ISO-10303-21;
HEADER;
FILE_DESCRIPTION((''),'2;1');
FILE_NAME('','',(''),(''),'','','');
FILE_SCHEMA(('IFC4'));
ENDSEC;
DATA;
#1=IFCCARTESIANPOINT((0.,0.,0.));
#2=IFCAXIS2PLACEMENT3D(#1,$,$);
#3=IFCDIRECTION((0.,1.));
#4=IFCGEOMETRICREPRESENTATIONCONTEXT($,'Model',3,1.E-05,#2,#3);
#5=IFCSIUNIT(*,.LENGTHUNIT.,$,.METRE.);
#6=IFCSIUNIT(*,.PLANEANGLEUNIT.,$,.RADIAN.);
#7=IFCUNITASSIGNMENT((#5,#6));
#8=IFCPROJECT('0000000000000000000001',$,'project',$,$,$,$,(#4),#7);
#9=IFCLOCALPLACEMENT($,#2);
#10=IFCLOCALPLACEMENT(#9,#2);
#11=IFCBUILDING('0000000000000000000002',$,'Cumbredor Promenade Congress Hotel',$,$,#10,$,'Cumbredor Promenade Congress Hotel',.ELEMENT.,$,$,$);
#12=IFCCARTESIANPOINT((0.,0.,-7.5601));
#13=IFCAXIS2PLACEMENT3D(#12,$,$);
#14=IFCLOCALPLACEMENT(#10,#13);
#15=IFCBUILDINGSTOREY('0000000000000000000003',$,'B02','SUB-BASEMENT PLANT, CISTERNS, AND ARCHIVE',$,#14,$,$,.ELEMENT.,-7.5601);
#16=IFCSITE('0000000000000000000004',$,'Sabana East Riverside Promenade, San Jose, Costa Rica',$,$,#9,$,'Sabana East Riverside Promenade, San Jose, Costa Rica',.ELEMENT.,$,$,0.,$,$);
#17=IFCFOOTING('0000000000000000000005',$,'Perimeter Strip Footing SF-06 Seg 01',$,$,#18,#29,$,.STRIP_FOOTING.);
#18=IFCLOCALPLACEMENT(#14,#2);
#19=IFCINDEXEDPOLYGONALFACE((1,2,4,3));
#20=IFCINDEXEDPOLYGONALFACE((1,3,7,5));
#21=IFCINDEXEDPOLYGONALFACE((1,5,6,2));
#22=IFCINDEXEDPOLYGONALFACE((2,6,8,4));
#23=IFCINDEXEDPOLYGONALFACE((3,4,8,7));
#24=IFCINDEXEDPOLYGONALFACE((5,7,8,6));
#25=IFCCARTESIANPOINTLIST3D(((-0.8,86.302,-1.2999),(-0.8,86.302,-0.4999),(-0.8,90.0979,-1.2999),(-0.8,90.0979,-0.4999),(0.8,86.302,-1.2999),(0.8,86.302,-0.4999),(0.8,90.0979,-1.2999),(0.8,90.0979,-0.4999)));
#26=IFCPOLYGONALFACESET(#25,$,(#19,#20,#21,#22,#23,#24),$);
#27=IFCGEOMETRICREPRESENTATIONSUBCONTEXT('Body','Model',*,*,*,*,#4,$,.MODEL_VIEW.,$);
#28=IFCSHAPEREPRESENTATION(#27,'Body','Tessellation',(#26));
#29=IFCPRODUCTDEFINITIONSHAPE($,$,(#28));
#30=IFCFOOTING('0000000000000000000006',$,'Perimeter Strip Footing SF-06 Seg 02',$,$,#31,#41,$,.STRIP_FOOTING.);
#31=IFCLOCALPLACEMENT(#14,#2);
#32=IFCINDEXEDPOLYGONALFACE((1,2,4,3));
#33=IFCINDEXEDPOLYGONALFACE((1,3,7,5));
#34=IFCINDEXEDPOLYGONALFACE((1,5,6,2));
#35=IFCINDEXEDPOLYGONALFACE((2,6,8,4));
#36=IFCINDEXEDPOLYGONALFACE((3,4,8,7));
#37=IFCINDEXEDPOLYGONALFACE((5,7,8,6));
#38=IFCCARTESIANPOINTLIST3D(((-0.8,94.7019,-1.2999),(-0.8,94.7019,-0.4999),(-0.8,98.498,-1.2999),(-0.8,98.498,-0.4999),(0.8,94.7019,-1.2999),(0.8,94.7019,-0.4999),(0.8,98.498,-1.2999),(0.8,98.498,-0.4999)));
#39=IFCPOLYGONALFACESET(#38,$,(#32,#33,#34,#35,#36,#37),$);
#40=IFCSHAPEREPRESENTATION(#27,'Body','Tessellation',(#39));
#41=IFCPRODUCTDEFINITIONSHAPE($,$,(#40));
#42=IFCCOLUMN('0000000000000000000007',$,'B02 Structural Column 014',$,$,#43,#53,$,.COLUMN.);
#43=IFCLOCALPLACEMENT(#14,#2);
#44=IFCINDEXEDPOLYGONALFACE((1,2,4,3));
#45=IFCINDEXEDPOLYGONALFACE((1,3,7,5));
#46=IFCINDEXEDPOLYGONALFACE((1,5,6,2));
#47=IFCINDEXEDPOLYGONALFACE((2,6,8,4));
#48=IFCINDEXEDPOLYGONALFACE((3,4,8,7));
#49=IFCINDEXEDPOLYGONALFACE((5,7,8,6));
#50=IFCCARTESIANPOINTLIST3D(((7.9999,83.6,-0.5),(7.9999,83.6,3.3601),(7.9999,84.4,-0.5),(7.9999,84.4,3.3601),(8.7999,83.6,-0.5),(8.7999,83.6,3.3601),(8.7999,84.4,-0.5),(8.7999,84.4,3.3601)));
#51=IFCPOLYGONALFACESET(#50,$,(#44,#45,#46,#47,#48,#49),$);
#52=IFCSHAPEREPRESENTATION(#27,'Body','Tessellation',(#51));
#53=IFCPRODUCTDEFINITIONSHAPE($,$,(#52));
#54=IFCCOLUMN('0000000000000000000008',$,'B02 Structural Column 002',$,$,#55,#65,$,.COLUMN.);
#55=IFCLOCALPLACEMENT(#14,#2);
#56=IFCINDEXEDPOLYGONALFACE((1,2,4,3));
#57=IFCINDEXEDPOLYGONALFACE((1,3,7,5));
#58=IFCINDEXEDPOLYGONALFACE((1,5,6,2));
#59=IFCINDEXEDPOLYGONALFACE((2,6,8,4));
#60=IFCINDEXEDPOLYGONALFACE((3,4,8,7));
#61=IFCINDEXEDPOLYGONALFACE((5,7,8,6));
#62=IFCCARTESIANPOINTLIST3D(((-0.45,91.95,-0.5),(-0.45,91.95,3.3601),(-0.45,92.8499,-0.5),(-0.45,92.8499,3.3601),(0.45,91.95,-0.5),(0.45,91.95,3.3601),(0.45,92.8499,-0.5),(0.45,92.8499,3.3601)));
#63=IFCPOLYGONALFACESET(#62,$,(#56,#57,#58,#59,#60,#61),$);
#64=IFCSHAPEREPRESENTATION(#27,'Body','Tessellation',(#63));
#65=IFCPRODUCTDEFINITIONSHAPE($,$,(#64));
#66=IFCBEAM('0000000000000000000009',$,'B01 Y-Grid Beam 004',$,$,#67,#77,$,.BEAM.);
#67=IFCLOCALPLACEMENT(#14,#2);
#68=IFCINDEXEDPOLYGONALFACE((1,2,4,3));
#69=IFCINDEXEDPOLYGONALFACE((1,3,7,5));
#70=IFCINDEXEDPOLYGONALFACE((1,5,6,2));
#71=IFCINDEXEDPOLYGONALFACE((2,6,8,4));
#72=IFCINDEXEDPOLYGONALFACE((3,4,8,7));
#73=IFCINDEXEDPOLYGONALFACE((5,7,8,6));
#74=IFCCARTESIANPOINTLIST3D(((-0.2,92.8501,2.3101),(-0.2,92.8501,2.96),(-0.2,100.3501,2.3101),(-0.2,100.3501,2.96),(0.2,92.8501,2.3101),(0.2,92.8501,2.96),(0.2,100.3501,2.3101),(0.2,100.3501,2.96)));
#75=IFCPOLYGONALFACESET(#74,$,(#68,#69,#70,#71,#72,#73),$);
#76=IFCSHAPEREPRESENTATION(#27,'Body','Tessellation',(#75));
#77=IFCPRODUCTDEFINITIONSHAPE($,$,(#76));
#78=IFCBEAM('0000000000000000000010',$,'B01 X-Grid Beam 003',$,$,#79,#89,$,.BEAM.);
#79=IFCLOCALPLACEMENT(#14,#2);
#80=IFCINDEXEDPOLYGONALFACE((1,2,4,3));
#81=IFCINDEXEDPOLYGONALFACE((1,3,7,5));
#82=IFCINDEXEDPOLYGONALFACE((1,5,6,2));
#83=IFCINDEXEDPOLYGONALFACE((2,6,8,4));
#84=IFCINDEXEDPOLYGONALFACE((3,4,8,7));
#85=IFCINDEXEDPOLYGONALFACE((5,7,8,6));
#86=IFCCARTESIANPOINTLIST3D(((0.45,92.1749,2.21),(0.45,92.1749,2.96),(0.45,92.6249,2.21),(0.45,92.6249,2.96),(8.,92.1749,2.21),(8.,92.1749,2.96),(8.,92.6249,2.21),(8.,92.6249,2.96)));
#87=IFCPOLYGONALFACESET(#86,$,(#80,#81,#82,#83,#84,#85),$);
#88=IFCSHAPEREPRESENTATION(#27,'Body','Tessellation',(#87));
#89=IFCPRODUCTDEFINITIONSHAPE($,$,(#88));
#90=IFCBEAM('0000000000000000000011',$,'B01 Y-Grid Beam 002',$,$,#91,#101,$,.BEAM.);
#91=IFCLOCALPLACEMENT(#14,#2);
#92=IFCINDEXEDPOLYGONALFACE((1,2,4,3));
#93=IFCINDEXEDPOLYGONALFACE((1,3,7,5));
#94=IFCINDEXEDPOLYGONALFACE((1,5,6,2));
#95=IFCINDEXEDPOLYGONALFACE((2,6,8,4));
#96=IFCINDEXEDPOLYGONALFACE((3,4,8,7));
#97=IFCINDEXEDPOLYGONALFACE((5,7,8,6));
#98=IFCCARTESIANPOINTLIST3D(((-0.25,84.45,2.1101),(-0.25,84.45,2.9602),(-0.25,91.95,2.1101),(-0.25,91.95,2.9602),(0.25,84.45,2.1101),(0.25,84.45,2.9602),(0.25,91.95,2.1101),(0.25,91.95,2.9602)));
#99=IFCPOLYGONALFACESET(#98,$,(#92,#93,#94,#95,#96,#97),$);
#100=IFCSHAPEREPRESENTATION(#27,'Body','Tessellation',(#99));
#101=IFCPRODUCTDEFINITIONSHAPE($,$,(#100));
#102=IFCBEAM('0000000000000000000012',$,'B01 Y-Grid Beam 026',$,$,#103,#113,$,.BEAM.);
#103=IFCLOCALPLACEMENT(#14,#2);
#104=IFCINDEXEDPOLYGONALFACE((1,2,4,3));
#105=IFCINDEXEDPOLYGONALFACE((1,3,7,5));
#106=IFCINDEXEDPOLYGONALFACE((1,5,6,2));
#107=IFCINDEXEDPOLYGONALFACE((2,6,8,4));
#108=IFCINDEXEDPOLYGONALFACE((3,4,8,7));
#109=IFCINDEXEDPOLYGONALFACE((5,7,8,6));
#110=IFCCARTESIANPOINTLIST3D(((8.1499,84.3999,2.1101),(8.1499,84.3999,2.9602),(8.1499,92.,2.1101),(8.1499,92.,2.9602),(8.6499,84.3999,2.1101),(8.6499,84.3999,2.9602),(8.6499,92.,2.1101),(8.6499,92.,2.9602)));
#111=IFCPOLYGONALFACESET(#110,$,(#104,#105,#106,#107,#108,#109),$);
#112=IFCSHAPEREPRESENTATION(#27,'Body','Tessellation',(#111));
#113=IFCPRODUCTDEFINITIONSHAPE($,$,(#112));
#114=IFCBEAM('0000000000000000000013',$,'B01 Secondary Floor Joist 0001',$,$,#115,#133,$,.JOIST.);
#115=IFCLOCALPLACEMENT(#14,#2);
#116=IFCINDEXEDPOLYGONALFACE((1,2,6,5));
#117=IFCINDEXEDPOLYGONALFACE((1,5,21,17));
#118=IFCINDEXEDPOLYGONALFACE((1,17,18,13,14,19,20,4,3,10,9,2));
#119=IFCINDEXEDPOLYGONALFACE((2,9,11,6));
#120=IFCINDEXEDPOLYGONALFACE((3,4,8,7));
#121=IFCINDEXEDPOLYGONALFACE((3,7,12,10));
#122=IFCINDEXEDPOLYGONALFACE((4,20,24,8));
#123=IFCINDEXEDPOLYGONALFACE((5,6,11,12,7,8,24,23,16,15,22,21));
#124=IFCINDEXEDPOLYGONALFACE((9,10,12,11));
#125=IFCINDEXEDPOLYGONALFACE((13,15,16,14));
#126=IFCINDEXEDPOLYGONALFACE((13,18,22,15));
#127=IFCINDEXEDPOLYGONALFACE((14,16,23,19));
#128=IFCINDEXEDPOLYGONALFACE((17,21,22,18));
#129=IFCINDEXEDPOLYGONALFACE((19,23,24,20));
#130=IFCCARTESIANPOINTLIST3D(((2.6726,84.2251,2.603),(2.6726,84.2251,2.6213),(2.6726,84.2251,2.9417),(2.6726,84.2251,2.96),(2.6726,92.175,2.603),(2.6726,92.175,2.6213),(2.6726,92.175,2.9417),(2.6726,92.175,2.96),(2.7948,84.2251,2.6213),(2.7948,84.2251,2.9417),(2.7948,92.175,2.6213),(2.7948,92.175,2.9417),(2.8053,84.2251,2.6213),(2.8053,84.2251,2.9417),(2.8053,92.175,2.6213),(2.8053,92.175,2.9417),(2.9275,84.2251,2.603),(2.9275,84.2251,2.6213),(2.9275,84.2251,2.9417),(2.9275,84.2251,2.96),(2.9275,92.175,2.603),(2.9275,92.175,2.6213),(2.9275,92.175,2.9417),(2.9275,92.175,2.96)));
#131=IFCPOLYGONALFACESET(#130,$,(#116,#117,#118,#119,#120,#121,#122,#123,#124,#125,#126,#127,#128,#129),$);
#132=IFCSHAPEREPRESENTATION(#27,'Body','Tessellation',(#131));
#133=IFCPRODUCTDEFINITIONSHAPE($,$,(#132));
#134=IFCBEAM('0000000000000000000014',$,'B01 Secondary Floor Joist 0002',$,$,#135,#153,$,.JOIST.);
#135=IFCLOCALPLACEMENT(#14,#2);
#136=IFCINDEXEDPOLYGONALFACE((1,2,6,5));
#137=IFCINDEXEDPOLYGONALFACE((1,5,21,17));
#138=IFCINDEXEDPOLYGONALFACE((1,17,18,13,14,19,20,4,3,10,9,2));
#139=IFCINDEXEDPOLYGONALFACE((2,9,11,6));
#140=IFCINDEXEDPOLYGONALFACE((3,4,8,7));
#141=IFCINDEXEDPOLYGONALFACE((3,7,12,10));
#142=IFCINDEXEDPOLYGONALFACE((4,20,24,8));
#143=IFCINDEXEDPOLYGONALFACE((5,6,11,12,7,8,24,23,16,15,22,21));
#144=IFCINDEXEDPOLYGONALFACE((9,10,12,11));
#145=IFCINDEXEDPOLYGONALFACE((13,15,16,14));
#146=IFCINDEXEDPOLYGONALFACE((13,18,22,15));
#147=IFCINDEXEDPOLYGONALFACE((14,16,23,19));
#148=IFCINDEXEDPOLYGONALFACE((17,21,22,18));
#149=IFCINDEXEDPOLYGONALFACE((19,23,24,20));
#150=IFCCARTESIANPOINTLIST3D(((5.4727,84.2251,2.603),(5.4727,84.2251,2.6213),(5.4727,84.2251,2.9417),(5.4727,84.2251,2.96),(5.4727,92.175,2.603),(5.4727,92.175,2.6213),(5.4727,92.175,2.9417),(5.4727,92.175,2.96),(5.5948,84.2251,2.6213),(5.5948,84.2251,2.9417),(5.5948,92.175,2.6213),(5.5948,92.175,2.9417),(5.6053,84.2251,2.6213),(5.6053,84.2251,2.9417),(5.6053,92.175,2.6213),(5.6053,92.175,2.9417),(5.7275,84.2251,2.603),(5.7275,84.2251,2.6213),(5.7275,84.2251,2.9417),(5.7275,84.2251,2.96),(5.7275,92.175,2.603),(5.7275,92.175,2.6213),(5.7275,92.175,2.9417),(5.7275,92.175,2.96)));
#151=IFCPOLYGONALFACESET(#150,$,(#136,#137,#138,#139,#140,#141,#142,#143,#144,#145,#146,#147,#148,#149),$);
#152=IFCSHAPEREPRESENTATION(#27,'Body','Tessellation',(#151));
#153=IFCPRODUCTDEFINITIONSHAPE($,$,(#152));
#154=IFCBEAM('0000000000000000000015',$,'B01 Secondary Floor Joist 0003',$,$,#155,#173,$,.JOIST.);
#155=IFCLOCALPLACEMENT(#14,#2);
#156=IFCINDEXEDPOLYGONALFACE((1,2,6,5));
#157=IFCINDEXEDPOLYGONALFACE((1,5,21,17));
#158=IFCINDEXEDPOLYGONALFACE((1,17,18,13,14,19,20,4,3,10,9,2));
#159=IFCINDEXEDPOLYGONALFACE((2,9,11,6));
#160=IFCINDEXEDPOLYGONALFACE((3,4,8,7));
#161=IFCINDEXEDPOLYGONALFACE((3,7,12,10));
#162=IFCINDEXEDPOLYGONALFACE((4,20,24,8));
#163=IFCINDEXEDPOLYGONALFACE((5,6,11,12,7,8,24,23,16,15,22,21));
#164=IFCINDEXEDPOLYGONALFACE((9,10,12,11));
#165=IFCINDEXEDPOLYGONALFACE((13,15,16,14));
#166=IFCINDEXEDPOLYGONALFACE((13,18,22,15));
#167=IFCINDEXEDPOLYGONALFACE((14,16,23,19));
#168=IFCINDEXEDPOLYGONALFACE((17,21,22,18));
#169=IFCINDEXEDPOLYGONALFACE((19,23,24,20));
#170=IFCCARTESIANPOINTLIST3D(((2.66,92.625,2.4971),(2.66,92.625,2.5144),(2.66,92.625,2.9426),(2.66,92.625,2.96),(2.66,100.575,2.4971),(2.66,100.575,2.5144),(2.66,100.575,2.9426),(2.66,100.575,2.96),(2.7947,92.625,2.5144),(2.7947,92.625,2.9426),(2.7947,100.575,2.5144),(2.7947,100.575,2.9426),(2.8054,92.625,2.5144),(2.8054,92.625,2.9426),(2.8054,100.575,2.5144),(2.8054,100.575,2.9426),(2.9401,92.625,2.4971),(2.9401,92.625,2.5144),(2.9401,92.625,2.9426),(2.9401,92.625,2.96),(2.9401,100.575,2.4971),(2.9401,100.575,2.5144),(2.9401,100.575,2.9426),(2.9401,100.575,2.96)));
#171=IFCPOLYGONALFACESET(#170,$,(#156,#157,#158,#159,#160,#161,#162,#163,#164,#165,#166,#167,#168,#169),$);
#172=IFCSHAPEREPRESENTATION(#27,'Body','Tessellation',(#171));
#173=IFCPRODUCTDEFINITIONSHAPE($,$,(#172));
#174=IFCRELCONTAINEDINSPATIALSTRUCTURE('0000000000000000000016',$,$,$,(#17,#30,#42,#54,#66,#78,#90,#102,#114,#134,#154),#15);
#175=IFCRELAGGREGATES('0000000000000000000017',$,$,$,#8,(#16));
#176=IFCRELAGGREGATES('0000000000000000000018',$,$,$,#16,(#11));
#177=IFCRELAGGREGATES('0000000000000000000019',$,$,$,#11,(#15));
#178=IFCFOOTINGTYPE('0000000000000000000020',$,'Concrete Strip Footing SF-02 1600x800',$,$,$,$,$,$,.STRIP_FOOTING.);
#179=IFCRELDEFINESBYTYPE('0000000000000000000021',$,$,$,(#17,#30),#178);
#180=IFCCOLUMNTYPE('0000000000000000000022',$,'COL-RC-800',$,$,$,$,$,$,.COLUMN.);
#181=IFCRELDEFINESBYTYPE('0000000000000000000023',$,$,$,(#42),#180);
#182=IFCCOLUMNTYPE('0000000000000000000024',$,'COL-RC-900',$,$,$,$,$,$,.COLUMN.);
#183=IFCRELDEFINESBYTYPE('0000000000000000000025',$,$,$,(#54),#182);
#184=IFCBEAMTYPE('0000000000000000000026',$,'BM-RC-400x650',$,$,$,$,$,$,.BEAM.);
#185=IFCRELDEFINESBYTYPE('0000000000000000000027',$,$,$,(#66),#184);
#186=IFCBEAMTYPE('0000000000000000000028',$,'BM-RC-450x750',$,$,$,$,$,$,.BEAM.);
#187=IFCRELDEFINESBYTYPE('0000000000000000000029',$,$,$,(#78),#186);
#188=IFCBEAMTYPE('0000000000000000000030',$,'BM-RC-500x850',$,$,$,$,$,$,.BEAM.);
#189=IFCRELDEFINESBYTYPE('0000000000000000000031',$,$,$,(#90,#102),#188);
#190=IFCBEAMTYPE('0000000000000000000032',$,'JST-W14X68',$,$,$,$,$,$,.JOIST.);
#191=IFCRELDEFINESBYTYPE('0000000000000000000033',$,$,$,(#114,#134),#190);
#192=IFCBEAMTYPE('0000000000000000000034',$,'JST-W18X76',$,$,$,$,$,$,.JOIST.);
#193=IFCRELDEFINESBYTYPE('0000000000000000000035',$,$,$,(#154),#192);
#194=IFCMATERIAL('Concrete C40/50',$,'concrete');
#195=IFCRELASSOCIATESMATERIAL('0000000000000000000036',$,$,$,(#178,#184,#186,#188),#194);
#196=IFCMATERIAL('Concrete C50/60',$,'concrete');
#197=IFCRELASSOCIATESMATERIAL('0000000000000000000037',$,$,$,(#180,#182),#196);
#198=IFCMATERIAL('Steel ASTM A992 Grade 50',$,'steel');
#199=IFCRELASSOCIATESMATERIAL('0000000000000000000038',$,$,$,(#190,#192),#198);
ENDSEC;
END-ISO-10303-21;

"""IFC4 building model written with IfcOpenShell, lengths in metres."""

from ifc_helpers import new_model, si_unit, direction, frame, origin, origin_2d, place, context, subcontext, project, spatial, rectangle, i_section, extrude, material, material_profile, profile_set, type_object, element, save


model = new_model("IFC4")

# Units and contexts
model_context = context("Model", 3, precision=1e-05, world=origin(), true_north=direction((0.0, 1.0)))
body_context = subcontext(model_context, "Body", "Model", "MODEL_VIEW")
ifc_project = project(units=[si_unit("LENGTHUNIT", "METRE"), si_unit("PLANEANGLEUNIT", "RADIAN")], contexts=[model_context])

# Site, building, storey
site_placement = place(None, origin())
site = spatial("IfcSite", under=ifc_project, at=site_placement, Name="Sabana East Riverside Promenade, San Jose, Costa Rica", LongName="Sabana East Riverside Promenade, San Jose, Costa Rica", CompositionType="ELEMENT", RefElevation=0.0)
building_placement = place(site_placement, origin())
building = spatial("IfcBuilding", under=site, at=building_placement, Name="Cumbredor Promenade Congress Hotel", LongName="Cumbredor Promenade Congress Hotel", CompositionType="ELEMENT")
storey_placement = place(building_placement, frame((0.0, 0.0, -7.5601)))
storey = spatial("IfcBuildingStorey", under=building, at=storey_placement, Name="B02", Description="SUB-BASEMENT PLANT, CISTERNS, AND ARCHIVE", CompositionType="ELEMENT", Elevation=-7.5601)

# Shared definitions
ifc_material_1 = material(Name="Concrete C40/50", Category="concrete")

# Footings
ifc_material_profile_1 = material_profile(ifc_material_1, rectangle(XDim=1.6001, YDim=0.8, at=origin_2d()), Name="SF 1600x800")
ifc_profile_set_1 = profile_set([ifc_material_profile_1], Name="Concrete C40/50")
footing_type_1 = type_object("IfcFootingType", Name="Concrete Strip Footing SF-02 1600x800", PredefinedType="STRIP_FOOTING", material=ifc_profile_set_1)
footing_1_placement = place(storey_placement, frame((0.0, 86.302, -0.8999), z_axis=(0.0, 1.0, 0.0), x_axis=(-1.0, 0.0, 0.0)))
element("IfcFooting", 1, at=footing_1_placement, inside=storey, type_object=footing_type_1, Name="Perimeter Strip Footing SF-06 Seg 01", PredefinedType="STRIP_FOOTING", context=body_context, shape_type="SweptSolid", body=[
    extrude(rectangle(XDim=1.6001, YDim=0.8, at=origin_2d()), origin(), (0.0, 0.0, 1.0), 3.7959),
])
footing_2_placement = place(storey_placement, frame((0.0, 94.7019, -0.8999), z_axis=(0.0, 1.0, 0.0), x_axis=(-1.0, 0.0, 0.0)))
element("IfcFooting", 2, at=footing_2_placement, inside=storey, type_object=footing_type_1, Name="Perimeter Strip Footing SF-06 Seg 02", PredefinedType="STRIP_FOOTING", context=body_context, shape_type="SweptSolid", body=[
    extrude(rectangle(XDim=1.6001, YDim=0.8, at=origin_2d()), origin(), (0.0, 0.0, 1.0), 3.7961),
])

# Columns
ifc_material_2 = material(Name="Concrete C50/60", Category="concrete")
ifc_material_profile_2 = material_profile(ifc_material_2, rectangle(XDim=0.8, YDim=0.8, at=origin_2d()), Name="RC 800x800")
ifc_profile_set_2 = profile_set([ifc_material_profile_2], Name="Concrete C50/60")
column_type_1 = type_object("IfcColumnType", Name="COL-RC-800", PredefinedType="COLUMN", material=ifc_profile_set_2)
column_1_placement = place(storey_placement, frame((8.3999, 84.0, -0.5), z_axis=(0.0, 0.0, 1.0), x_axis=(1.0, 0.0, 0.0)))
element("IfcColumn", 3, at=column_1_placement, inside=storey, type_object=column_type_1, Name="B02 Structural Column 014", PredefinedType="COLUMN", context=body_context, shape_type="SweptSolid", body=[
    extrude(rectangle(XDim=0.8, YDim=0.8, at=origin_2d()), origin(), (0.0, 0.0, 1.0), 3.8601),
])
ifc_material_profile_3 = material_profile(ifc_material_2, rectangle(XDim=0.8999, YDim=0.8999, at=origin_2d()), Name="RC 900x900")
ifc_profile_set_3 = profile_set([ifc_material_profile_3], Name="Concrete C50/60")
column_type_2 = type_object("IfcColumnType", Name="COL-RC-900", PredefinedType="COLUMN", material=ifc_profile_set_3)
column_2_placement = place(storey_placement, frame((0.0, 92.3999, -0.5), z_axis=(0.0, 0.0, 1.0), x_axis=(1.0, 0.0, 0.0)))
element("IfcColumn", 4, at=column_2_placement, inside=storey, type_object=column_type_2, Name="B02 Structural Column 002", PredefinedType="COLUMN", context=body_context, shape_type="SweptSolid", body=[
    extrude(rectangle(XDim=0.8999, YDim=0.8999, at=origin_2d()), origin(), (0.0, 0.0, 1.0), 3.8601),
])

# Beams
ifc_material_profile_4 = material_profile(ifc_material_1, rectangle(XDim=0.3999, YDim=0.6499, at=origin_2d()), Name="RC BEAM 400x650")
ifc_profile_set_4 = profile_set([ifc_material_profile_4], Name="Concrete C40/50")
beam_type_1 = type_object("IfcBeamType", Name="BM-RC-400x650", PredefinedType="BEAM", material=ifc_profile_set_4)
beam_1_placement = place(storey_placement, frame((0.0, 92.8501, 2.635), z_axis=(0.0, 1.0, 0.0), x_axis=(-1.0, 0.0, 0.0)))
element("IfcBeam", 5, at=beam_1_placement, inside=storey, type_object=beam_type_1, Name="B01 Y-Grid Beam 004", PredefinedType="BEAM", context=body_context, shape_type="SweptSolid", body=[
    extrude(rectangle(XDim=0.3999, YDim=0.6499, at=origin_2d()), origin(), (0.0, 0.0, 1.0), 7.5),
])
ifc_material_profile_5 = material_profile(ifc_material_1, rectangle(XDim=0.45, YDim=0.75, at=origin_2d()), Name="RC BEAM 450x750")
ifc_profile_set_5 = profile_set([ifc_material_profile_5], Name="Concrete C40/50")
beam_type_2 = type_object("IfcBeamType", Name="BM-RC-450x750", PredefinedType="BEAM", material=ifc_profile_set_5)
beam_2_placement = place(storey_placement, frame((0.45, 92.3999, 2.585), z_axis=(1.0, 0.0, 0.0), x_axis=(0.0, 1.0, 0.0)))
element("IfcBeam", 6, at=beam_2_placement, inside=storey, type_object=beam_type_2, Name="B01 X-Grid Beam 003", PredefinedType="BEAM", context=body_context, shape_type="SweptSolid", body=[
    extrude(rectangle(XDim=0.45, YDim=0.75, at=origin_2d()), origin(), (0.0, 0.0, 1.0), 7.55),
])
ifc_material_profile_6 = material_profile(ifc_material_1, rectangle(XDim=0.5, YDim=0.8501, at=origin_2d()), Name="RC BEAM 500x850")
ifc_profile_set_6 = profile_set([ifc_material_profile_6], Name="Concrete C40/50")
beam_type_3 = type_object("IfcBeamType", Name="BM-RC-500x850", PredefinedType="BEAM", material=ifc_profile_set_6)
beam_3_placement = place(storey_placement, frame((0.0, 84.45, 2.5352), z_axis=(0.0, 1.0, 0.0), x_axis=(-1.0, 0.0, 0.0)))
element("IfcBeam", 7, at=beam_3_placement, inside=storey, type_object=beam_type_3, Name="B01 Y-Grid Beam 002", PredefinedType="BEAM", context=body_context, shape_type="SweptSolid", body=[
    extrude(rectangle(XDim=0.5, YDim=0.8501, at=origin_2d()), origin(), (0.0, 0.0, 1.0), 7.5),
])
beam_4_placement = place(storey_placement, frame((8.3999, 84.3999, 2.5352), z_axis=(0.0, 1.0, 0.0), x_axis=(-1.0, 0.0, 0.0)))
element("IfcBeam", 8, at=beam_4_placement, inside=storey, type_object=beam_type_3, Name="B01 Y-Grid Beam 026", PredefinedType="BEAM", context=body_context, shape_type="SweptSolid", body=[
    extrude(rectangle(XDim=0.5, YDim=0.8501, at=origin_2d()), origin(), (0.0, 0.0, 1.0), 7.6001),
])
ifc_material_3 = material(Name="Steel ASTM A992 Grade 50", Category="steel")
ifc_material_profile_7 = material_profile(ifc_material_3, i_section(OverallWidth=0.2549, OverallDepth=0.3569, WebThickness=0.0105, FlangeThickness=0.0183, at=origin_2d()), Name="W14X68")
ifc_profile_set_7 = profile_set([ifc_material_profile_7], Name="Steel ASTM A992 Grade 50")
beam_type_4 = type_object("IfcBeamType", Name="JST-W14X68", PredefinedType="JOIST", material=ifc_profile_set_7)
for number, where, z_axis, x_axis, name in (
    (9, (2.8, 84.2251, 2.7815), (0.0, 1.0, 0.0), (-1.0, 0.0, 0.0), "B01 Secondary Floor Joist 0001"),
    (10, (5.6001, 84.2251, 2.7815), (0.0, 1.0, 0.0), (-1.0, 0.0, 0.0), "B01 Secondary Floor Joist 0002"),
):
    element("IfcBeam", number, at=place(storey_placement, frame(where, z_axis=z_axis, x_axis=x_axis)), inside=storey, type_object=beam_type_4, Name=name, PredefinedType="JOIST", context=body_context, shape_type="SweptSolid", body=[
        extrude(i_section(OverallWidth=0.2549, OverallDepth=0.3569, WebThickness=0.0105, FlangeThickness=0.0183, at=origin_2d()), origin(), (0.0, 0.0, 1.0), 7.95),
    ])
ifc_material_profile_8 = material_profile(ifc_material_3, i_section(OverallWidth=0.28, OverallDepth=0.4629, WebThickness=0.0107, FlangeThickness=0.0173, at=origin_2d()), Name="W18X76")
ifc_profile_set_8 = profile_set([ifc_material_profile_8], Name="Steel ASTM A992 Grade 50")
beam_type_5 = type_object("IfcBeamType", Name="JST-W18X76", PredefinedType="JOIST", material=ifc_profile_set_8)
for number, where, z_axis, x_axis, name in (
    (11, (2.8, 92.625, 2.7285), (0.0, 1.0, 0.0), (-1.0, 0.0, 0.0), "B01 Secondary Floor Joist 0003"),
):
    element("IfcBeam", number, at=place(storey_placement, frame(where, z_axis=z_axis, x_axis=x_axis)), inside=storey, type_object=beam_type_5, Name=name, PredefinedType="JOIST", context=body_context, shape_type="SweptSolid", body=[
        extrude(i_section(OverallWidth=0.28, OverallDepth=0.4629, WebThickness=0.0107, FlangeThickness=0.0173, at=origin_2d()), origin(), (0.0, 0.0, 1.0), 7.95),
    ])

save(model, "model.ifc")
